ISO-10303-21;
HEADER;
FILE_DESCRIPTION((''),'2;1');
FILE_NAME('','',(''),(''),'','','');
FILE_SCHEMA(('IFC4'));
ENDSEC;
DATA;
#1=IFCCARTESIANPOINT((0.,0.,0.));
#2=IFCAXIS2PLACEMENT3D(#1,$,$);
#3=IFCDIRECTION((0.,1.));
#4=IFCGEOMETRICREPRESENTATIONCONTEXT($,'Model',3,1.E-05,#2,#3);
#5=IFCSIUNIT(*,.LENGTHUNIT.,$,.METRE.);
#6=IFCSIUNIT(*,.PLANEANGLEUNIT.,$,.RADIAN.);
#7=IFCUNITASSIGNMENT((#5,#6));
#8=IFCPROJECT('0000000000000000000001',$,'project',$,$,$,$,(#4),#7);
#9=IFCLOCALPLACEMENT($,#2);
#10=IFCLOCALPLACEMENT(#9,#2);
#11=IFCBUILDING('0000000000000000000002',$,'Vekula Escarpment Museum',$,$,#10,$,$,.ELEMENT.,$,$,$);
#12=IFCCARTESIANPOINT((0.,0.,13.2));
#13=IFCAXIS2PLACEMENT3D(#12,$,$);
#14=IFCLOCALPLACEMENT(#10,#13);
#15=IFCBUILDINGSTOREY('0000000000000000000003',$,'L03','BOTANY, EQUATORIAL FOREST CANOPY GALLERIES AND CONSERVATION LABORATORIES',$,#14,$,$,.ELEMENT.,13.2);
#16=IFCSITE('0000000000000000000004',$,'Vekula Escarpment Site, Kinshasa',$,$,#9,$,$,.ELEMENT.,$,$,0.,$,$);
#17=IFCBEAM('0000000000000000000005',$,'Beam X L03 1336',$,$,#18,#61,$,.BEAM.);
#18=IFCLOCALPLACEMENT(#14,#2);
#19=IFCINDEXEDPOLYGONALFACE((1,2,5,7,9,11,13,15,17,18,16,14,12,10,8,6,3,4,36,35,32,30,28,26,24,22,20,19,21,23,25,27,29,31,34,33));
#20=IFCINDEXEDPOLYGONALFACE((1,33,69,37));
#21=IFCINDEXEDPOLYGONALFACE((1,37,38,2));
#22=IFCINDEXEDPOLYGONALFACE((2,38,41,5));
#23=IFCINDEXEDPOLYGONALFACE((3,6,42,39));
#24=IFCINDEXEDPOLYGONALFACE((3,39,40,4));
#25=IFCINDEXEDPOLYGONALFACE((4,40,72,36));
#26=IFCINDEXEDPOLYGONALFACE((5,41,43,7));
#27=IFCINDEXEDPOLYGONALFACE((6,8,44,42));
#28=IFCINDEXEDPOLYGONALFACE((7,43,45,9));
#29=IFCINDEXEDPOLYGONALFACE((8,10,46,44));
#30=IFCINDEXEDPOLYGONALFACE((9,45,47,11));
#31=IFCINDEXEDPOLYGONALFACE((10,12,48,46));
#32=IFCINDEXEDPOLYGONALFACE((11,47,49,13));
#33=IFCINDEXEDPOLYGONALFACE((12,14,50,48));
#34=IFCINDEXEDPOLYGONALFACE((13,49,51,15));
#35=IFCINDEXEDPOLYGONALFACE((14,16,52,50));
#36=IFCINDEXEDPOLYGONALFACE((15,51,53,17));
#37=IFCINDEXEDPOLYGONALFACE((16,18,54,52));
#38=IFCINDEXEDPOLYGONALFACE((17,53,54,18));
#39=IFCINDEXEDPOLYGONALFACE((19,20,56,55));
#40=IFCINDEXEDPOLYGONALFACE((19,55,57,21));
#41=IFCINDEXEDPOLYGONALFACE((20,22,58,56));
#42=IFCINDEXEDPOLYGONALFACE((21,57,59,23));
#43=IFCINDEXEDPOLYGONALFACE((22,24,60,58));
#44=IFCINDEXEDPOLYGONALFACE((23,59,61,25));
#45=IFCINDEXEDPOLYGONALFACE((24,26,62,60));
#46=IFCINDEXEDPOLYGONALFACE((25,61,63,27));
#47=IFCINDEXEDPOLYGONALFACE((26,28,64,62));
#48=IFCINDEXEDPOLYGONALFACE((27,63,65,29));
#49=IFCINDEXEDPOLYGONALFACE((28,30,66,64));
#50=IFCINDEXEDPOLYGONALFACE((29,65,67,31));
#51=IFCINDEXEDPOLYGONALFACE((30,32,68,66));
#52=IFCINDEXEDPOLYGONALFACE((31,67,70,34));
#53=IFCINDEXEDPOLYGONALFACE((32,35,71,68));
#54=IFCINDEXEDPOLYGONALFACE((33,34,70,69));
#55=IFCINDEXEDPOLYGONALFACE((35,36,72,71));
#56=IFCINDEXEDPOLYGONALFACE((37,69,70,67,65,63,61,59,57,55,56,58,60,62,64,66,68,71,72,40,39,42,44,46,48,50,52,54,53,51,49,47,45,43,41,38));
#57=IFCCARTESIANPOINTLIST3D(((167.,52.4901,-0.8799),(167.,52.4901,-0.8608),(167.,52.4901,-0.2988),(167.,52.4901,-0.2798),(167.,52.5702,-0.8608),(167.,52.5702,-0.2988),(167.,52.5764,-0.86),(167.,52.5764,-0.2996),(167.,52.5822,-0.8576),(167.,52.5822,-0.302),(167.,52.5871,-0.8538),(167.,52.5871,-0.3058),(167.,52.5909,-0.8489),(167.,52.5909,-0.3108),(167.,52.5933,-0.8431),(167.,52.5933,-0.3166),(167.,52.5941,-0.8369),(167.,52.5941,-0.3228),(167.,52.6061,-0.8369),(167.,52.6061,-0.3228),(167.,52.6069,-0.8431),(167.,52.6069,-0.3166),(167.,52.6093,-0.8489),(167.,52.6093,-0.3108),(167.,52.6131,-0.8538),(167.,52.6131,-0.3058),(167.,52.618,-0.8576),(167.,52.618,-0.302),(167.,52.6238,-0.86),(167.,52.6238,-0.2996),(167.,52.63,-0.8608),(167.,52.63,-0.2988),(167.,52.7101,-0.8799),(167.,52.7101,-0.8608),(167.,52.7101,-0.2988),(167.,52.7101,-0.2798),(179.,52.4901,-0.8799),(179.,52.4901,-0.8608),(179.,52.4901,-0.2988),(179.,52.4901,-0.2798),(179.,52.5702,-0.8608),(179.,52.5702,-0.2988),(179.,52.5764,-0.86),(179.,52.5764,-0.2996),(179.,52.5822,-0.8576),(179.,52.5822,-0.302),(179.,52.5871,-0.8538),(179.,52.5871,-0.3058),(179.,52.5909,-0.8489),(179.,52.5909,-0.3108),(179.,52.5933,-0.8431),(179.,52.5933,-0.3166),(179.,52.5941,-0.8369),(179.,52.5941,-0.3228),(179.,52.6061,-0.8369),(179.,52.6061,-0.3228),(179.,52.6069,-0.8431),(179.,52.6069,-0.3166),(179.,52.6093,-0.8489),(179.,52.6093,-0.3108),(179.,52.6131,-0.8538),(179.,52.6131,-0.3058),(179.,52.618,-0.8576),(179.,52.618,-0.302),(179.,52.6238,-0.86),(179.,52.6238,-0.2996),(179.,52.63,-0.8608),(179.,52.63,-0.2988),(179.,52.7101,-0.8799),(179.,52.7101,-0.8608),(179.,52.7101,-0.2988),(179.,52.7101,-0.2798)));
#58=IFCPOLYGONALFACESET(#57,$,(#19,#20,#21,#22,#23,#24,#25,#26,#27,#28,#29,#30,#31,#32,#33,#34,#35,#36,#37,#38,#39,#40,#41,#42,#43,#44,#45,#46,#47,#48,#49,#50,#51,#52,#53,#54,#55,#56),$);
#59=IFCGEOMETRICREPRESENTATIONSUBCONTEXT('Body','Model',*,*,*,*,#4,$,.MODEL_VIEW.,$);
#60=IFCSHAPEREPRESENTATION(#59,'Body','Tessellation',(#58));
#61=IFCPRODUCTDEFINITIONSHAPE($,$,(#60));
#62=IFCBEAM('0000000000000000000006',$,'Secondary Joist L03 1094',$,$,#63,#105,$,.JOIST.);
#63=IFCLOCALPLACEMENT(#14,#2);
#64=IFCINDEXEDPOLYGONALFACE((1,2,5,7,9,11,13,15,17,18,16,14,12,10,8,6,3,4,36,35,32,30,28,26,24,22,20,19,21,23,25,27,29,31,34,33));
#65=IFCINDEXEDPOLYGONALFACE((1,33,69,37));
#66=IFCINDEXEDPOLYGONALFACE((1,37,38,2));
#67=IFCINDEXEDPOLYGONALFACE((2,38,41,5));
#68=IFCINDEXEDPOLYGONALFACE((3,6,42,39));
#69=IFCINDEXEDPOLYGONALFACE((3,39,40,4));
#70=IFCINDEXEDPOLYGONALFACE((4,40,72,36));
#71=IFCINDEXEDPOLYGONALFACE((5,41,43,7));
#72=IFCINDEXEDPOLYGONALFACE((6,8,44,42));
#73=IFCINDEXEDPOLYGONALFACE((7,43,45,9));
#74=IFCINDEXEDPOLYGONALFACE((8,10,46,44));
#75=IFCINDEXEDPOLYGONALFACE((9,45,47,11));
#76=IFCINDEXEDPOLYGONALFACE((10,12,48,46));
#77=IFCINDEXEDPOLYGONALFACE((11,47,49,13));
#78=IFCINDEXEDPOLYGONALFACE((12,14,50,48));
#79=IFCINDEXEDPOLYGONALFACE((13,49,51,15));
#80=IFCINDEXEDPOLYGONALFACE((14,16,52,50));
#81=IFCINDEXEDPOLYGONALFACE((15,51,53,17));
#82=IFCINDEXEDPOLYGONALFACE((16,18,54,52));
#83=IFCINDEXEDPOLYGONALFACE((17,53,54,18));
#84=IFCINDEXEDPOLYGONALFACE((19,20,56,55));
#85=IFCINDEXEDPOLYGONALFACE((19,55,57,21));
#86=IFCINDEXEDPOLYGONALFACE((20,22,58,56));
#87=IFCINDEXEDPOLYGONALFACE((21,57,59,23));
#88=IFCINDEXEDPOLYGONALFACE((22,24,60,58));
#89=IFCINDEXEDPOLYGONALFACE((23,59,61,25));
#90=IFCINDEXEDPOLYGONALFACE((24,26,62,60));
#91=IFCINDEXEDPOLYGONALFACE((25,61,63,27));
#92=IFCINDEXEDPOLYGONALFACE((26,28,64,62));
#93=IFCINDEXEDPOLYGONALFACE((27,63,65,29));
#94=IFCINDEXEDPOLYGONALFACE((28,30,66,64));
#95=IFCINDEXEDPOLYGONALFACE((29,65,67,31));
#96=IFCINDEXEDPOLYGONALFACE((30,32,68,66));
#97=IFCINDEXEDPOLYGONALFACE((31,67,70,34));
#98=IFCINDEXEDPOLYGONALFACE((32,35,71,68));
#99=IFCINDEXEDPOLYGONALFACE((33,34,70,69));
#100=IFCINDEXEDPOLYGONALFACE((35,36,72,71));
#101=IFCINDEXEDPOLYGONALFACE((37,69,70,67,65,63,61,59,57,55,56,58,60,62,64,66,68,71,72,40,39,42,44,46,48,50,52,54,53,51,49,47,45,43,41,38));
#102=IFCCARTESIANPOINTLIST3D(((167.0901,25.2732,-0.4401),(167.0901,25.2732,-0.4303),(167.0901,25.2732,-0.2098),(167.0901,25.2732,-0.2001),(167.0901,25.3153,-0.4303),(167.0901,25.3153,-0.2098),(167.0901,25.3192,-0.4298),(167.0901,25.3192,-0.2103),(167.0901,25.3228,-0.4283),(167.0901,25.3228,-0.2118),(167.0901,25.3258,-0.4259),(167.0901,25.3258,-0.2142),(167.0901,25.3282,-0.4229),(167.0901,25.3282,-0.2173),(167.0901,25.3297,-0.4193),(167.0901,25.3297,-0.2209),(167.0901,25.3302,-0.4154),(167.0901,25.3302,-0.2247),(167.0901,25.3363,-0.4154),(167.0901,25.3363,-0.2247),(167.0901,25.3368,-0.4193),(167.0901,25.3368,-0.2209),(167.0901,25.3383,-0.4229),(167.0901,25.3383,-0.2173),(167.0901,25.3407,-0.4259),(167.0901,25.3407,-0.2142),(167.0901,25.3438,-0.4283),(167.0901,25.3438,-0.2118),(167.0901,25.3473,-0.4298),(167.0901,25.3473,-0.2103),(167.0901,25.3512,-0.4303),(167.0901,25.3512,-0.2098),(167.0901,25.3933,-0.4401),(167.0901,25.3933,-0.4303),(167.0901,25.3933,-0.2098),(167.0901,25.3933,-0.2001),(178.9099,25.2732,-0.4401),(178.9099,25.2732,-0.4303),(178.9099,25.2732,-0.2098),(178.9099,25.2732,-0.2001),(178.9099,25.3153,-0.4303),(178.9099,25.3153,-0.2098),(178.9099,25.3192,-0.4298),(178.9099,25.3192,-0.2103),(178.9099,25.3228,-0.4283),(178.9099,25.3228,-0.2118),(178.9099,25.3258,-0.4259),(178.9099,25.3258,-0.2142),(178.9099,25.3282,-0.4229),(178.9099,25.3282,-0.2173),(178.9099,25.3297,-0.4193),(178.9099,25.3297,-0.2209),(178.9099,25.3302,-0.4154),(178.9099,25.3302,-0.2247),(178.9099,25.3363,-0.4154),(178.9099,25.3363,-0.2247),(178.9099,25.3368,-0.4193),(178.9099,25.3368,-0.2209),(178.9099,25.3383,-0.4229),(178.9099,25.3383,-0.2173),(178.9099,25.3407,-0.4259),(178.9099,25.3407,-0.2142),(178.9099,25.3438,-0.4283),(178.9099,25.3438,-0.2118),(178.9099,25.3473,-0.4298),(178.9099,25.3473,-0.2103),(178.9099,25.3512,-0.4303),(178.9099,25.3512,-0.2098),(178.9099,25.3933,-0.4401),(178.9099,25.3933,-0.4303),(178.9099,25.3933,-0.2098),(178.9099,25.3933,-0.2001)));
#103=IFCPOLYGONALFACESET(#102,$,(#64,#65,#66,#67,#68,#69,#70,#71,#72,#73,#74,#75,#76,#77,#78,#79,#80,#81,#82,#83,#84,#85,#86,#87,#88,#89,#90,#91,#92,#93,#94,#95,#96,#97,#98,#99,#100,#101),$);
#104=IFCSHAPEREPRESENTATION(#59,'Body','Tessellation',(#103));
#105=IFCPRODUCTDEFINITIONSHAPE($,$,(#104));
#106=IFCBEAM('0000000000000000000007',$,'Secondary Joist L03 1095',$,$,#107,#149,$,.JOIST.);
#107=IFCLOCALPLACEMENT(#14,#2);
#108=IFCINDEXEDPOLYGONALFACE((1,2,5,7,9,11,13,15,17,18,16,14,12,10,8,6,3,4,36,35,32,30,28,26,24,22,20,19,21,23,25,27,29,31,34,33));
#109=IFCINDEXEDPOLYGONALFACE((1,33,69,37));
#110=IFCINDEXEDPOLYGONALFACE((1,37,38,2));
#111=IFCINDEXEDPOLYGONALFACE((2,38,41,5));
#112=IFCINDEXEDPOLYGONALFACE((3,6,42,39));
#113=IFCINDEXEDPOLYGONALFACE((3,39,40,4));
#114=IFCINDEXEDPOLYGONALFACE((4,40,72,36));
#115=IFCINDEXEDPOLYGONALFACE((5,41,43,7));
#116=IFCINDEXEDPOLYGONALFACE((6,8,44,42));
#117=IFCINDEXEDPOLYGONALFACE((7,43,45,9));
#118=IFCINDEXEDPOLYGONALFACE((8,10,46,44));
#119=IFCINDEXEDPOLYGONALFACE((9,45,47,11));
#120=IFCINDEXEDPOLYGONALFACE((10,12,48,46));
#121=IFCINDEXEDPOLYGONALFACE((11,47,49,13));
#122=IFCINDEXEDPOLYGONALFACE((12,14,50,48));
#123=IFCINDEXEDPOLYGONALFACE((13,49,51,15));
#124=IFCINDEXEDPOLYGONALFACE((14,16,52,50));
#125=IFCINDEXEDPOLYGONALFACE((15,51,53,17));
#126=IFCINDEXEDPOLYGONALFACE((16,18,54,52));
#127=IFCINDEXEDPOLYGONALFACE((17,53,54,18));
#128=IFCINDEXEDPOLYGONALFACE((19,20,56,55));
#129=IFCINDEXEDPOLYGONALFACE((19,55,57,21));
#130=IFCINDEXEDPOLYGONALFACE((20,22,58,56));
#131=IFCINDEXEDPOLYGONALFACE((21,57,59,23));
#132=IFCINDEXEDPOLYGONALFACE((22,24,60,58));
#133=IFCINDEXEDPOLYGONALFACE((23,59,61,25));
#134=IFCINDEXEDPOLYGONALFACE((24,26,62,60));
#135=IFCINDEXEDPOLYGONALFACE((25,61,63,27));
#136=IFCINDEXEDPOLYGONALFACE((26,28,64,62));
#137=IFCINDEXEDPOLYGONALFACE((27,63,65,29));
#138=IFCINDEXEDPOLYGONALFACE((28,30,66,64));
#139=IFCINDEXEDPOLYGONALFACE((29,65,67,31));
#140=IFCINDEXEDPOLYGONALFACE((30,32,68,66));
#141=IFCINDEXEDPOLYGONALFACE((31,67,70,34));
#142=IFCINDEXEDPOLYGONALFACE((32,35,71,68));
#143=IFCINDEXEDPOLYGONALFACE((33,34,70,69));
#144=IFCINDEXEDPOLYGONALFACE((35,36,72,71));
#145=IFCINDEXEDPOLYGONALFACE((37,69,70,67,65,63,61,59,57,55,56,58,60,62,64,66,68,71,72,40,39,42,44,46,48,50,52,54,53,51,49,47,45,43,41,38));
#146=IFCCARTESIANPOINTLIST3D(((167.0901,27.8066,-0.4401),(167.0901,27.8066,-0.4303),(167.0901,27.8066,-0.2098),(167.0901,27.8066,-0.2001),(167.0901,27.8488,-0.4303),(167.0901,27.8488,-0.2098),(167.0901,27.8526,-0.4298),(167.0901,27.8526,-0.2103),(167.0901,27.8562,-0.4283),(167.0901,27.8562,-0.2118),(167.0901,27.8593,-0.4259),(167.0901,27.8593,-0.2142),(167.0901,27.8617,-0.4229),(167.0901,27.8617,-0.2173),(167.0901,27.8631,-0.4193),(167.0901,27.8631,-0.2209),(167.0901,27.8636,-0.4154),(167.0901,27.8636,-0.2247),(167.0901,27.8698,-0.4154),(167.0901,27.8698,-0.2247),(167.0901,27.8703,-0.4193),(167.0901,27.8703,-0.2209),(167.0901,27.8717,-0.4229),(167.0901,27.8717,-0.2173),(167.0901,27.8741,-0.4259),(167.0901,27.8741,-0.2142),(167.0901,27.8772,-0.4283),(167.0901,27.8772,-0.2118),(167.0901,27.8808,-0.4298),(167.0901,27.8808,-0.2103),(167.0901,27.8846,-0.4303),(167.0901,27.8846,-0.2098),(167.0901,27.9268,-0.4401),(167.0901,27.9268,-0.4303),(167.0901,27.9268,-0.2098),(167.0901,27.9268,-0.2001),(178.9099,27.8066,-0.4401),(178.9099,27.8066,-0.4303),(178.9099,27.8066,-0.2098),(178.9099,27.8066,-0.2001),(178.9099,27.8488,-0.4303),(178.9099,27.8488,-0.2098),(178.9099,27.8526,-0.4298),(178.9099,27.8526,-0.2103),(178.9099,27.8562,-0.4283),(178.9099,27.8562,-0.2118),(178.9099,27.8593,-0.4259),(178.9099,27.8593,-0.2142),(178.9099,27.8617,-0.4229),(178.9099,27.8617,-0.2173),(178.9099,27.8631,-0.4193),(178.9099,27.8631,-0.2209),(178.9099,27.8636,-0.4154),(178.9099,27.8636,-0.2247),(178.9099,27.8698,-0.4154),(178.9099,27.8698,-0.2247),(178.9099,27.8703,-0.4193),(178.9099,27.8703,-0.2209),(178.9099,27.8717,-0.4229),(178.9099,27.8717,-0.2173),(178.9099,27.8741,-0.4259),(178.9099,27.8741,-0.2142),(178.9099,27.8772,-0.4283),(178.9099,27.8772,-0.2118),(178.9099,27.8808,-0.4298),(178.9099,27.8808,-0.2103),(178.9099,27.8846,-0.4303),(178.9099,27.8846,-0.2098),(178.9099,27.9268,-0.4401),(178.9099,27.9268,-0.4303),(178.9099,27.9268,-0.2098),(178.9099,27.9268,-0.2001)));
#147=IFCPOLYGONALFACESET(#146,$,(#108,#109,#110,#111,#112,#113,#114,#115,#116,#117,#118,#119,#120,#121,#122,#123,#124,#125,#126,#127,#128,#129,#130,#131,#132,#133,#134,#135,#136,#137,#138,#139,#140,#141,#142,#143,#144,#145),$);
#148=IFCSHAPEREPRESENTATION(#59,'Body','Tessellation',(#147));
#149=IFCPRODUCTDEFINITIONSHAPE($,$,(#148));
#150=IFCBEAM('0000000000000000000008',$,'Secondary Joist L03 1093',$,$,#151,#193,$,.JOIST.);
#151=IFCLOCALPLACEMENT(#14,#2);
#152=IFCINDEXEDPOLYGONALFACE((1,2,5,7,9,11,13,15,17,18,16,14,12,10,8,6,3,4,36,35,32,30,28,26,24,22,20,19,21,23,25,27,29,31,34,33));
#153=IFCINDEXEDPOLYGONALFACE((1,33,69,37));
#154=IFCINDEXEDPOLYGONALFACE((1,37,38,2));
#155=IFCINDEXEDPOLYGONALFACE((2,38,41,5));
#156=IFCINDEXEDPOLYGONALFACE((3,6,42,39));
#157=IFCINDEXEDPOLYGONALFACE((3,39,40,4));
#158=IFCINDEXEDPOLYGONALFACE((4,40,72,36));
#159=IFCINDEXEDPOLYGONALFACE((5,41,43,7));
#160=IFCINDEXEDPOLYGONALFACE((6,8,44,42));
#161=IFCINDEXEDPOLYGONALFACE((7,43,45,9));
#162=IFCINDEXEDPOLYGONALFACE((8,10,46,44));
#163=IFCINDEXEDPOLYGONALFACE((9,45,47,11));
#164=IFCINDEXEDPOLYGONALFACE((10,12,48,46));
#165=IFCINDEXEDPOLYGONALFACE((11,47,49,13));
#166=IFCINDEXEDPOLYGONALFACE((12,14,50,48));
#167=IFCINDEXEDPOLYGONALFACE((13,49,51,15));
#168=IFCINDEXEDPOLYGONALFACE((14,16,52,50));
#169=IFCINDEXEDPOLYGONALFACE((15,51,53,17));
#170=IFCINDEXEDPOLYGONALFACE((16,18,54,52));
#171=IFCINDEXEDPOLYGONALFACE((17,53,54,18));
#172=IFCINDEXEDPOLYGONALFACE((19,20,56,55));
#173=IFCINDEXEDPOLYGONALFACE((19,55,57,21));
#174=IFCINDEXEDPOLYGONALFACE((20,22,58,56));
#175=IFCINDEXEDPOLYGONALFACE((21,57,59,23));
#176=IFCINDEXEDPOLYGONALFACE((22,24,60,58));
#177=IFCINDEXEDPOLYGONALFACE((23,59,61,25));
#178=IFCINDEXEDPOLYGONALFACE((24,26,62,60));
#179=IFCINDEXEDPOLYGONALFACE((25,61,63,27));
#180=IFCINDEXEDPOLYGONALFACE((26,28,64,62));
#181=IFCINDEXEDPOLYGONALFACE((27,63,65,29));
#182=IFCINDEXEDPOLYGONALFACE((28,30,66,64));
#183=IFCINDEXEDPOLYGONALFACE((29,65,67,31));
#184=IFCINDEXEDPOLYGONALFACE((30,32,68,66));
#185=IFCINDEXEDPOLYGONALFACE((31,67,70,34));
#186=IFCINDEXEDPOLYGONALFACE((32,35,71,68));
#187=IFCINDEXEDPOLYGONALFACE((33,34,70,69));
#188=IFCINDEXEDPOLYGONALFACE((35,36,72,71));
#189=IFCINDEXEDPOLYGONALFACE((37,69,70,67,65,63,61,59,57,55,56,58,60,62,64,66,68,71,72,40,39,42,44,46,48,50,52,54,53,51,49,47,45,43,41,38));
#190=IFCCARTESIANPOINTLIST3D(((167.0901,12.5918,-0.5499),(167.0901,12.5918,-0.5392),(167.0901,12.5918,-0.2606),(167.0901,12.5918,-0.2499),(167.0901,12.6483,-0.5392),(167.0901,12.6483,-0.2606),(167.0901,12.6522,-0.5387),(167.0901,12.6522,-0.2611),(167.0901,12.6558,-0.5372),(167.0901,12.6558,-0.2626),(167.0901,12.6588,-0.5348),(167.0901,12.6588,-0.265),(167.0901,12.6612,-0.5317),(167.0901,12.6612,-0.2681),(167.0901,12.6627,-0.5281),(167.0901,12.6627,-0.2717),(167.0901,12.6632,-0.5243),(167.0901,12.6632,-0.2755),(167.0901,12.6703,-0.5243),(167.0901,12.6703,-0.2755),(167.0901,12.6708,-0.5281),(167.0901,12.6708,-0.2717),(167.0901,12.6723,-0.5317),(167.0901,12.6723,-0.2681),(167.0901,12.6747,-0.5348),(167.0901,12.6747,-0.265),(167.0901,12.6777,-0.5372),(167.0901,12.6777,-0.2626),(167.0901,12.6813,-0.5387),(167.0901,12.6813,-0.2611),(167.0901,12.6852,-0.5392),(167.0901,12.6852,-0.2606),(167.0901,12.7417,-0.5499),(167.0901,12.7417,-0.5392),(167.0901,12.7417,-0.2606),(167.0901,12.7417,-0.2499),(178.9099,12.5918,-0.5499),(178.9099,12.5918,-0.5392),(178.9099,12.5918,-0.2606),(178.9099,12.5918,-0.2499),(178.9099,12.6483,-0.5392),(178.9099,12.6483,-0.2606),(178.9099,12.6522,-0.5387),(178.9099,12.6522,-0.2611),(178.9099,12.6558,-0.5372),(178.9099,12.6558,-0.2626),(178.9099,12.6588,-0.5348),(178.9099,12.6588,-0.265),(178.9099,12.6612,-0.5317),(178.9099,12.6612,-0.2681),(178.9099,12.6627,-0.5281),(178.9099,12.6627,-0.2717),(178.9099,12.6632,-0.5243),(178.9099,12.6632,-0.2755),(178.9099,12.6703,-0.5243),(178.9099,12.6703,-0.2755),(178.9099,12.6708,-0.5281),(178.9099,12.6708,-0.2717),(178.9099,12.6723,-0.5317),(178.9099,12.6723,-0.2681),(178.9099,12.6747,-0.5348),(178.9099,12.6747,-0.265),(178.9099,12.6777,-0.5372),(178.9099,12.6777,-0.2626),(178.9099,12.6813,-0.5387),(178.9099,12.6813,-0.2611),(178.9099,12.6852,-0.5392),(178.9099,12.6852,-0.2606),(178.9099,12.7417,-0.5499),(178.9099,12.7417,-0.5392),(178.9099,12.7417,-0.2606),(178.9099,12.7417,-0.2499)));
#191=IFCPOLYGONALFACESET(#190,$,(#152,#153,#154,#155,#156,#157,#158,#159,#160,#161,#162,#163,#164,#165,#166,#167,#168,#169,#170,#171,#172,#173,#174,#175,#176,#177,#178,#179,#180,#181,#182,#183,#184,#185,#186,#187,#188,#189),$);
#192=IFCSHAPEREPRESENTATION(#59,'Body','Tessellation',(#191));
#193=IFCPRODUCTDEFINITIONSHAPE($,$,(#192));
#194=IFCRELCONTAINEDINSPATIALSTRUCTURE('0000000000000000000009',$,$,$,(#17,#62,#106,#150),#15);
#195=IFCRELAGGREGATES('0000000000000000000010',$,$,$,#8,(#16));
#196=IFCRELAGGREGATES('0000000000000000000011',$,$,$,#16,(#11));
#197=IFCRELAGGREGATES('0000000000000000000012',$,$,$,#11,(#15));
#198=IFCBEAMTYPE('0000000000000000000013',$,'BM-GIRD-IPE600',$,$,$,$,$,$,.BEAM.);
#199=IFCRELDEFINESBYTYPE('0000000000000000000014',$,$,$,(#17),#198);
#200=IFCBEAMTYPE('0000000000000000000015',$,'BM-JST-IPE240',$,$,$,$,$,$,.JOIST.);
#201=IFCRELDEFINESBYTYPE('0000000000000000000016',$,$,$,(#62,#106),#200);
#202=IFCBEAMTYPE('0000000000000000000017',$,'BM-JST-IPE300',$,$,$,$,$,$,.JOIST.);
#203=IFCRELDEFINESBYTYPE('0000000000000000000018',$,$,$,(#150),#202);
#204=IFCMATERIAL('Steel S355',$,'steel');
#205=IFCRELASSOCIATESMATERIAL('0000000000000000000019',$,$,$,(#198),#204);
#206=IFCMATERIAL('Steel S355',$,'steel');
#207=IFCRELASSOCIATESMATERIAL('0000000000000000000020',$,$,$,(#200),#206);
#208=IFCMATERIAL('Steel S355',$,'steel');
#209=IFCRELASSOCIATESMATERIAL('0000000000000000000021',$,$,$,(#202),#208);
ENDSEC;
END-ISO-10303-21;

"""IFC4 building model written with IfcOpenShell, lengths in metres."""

from ifc_helpers import new_model, si_unit, direction, frame, origin, origin_2d, place, context, subcontext, project, spatial, i_section, extrude, material, material_profile, profile_set, type_object, element, save


model = new_model("IFC4")

# Units and contexts
model_context = context("Model", 3, precision=1e-05, world=origin(), true_north=direction((0.0, 1.0)))
body_context = subcontext(model_context, "Body", "Model", "MODEL_VIEW")
ifc_project = project(units=[si_unit("LENGTHUNIT", "METRE"), si_unit("PLANEANGLEUNIT", "RADIAN")], contexts=[model_context])

# Site, building, storey
site_placement = place(None, origin())
site = spatial("IfcSite", under=ifc_project, at=site_placement, Name="Vekula Escarpment Site, Kinshasa", CompositionType="ELEMENT", RefElevation=0.0)
building_placement = place(site_placement, origin())
building = spatial("IfcBuilding", under=site, at=building_placement, Name="Vekula Escarpment Museum", CompositionType="ELEMENT")
storey_placement = place(building_placement, frame((0.0, 0.0, 13.2)))
storey = spatial("IfcBuildingStorey", under=building, at=storey_placement, Name="L03", Description="BOTANY, EQUATORIAL FOREST CANOPY GALLERIES AND CONSERVATION LABORATORIES", CompositionType="ELEMENT", Elevation=13.2)

# Beams
ifc_material_1 = material(Name="Steel S355", Category="steel")
ifc_material_profile_1 = material_profile(ifc_material_1, i_section(OverallWidth=0.22, OverallDepth=0.6001, WebThickness=0.012, FlangeThickness=0.019, FilletRadius=0.0239, at=origin_2d()), Name="IPE 600")
ifc_profile_set_1 = profile_set([ifc_material_profile_1], Name="Steel S355")
beam_type_1 = type_object("IfcBeamType", Name="BM-GIRD-IPE600", PredefinedType="BEAM", material=ifc_profile_set_1)
for number, where, z_axis, x_axis, name in (
    (1, (167.0, 52.6001, -0.5798), (1.0, 0.0, 0.0), (0.0, 1.0, 0.0), "Beam X L03 1336"),
):
    element("IfcBeam", number, at=place(storey_placement, frame(where, z_axis=z_axis, x_axis=x_axis)), inside=storey, type_object=beam_type_1, Name=name, PredefinedType="BEAM", context=body_context, shape_type="SweptSolid", body=[
        extrude(i_section(OverallWidth=0.22, OverallDepth=0.6001, WebThickness=0.012, FlangeThickness=0.019, FilletRadius=0.0239, at=origin_2d()), origin(), (0.0, 0.0, 1.0), 12.0),
    ])
ifc_material_2 = material(Name="Steel S355", Category="steel")
ifc_material_profile_2 = material_profile(ifc_material_2, i_section(OverallWidth=0.1201, OverallDepth=0.24, WebThickness=0.0061, FlangeThickness=0.0098, FilletRadius=0.0149, at=origin_2d()), Name="IPE 240")
ifc_profile_set_2 = profile_set([ifc_material_profile_2], Name="Steel S355")
beam_type_2 = type_object("IfcBeamType", Name="BM-JST-IPE240", PredefinedType="JOIST", material=ifc_profile_set_2)
for number, where, z_axis, x_axis, name in (
    (2, (167.0901, 25.3333, -0.3201), (1.0, 0.0, 0.0), (0.0, 1.0, 0.0), "Secondary Joist L03 1094"),
    (3, (167.0901, 27.8667, -0.3201), (1.0, 0.0, 0.0), (0.0, 1.0, 0.0), "Secondary Joist L03 1095"),
):
    element("IfcBeam", number, at=place(storey_placement, frame(where, z_axis=z_axis, x_axis=x_axis)), inside=storey, type_object=beam_type_2, Name=name, PredefinedType="JOIST", context=body_context, shape_type="SweptSolid", body=[
        extrude(i_section(OverallWidth=0.1201, OverallDepth=0.24, WebThickness=0.0061, FlangeThickness=0.0098, FilletRadius=0.0149, at=origin_2d()), origin(), (0.0, 0.0, 1.0), 11.8198),
    ])
ifc_material_3 = material(Name="Steel S355", Category="steel")
ifc_material_profile_3 = material_profile(ifc_material_3, i_section(OverallWidth=0.1499, OverallDepth=0.3, WebThickness=0.0071, FlangeThickness=0.0107, FilletRadius=0.0149, at=origin_2d()), Name="IPE 300")
ifc_profile_set_3 = profile_set([ifc_material_profile_3], Name="Steel S355")
beam_type_3 = type_object("IfcBeamType", Name="BM-JST-IPE300", PredefinedType="JOIST", material=ifc_profile_set_3)
for number, where, z_axis, x_axis, name in (
    (4, (167.0901, 12.6667, -0.3999), (1.0, 0.0, 0.0), (0.0, 1.0, 0.0), "Secondary Joist L03 1093"),
):
    element("IfcBeam", number, at=place(storey_placement, frame(where, z_axis=z_axis, x_axis=x_axis)), inside=storey, type_object=beam_type_3, Name=name, PredefinedType="JOIST", context=body_context, shape_type="SweptSolid", body=[
        extrude(i_section(OverallWidth=0.1499, OverallDepth=0.3, WebThickness=0.0071, FlangeThickness=0.0107, FilletRadius=0.0149, at=origin_2d()), origin(), (0.0, 0.0, 1.0), 11.8198),
    ])

save(model, "model.ifc")
